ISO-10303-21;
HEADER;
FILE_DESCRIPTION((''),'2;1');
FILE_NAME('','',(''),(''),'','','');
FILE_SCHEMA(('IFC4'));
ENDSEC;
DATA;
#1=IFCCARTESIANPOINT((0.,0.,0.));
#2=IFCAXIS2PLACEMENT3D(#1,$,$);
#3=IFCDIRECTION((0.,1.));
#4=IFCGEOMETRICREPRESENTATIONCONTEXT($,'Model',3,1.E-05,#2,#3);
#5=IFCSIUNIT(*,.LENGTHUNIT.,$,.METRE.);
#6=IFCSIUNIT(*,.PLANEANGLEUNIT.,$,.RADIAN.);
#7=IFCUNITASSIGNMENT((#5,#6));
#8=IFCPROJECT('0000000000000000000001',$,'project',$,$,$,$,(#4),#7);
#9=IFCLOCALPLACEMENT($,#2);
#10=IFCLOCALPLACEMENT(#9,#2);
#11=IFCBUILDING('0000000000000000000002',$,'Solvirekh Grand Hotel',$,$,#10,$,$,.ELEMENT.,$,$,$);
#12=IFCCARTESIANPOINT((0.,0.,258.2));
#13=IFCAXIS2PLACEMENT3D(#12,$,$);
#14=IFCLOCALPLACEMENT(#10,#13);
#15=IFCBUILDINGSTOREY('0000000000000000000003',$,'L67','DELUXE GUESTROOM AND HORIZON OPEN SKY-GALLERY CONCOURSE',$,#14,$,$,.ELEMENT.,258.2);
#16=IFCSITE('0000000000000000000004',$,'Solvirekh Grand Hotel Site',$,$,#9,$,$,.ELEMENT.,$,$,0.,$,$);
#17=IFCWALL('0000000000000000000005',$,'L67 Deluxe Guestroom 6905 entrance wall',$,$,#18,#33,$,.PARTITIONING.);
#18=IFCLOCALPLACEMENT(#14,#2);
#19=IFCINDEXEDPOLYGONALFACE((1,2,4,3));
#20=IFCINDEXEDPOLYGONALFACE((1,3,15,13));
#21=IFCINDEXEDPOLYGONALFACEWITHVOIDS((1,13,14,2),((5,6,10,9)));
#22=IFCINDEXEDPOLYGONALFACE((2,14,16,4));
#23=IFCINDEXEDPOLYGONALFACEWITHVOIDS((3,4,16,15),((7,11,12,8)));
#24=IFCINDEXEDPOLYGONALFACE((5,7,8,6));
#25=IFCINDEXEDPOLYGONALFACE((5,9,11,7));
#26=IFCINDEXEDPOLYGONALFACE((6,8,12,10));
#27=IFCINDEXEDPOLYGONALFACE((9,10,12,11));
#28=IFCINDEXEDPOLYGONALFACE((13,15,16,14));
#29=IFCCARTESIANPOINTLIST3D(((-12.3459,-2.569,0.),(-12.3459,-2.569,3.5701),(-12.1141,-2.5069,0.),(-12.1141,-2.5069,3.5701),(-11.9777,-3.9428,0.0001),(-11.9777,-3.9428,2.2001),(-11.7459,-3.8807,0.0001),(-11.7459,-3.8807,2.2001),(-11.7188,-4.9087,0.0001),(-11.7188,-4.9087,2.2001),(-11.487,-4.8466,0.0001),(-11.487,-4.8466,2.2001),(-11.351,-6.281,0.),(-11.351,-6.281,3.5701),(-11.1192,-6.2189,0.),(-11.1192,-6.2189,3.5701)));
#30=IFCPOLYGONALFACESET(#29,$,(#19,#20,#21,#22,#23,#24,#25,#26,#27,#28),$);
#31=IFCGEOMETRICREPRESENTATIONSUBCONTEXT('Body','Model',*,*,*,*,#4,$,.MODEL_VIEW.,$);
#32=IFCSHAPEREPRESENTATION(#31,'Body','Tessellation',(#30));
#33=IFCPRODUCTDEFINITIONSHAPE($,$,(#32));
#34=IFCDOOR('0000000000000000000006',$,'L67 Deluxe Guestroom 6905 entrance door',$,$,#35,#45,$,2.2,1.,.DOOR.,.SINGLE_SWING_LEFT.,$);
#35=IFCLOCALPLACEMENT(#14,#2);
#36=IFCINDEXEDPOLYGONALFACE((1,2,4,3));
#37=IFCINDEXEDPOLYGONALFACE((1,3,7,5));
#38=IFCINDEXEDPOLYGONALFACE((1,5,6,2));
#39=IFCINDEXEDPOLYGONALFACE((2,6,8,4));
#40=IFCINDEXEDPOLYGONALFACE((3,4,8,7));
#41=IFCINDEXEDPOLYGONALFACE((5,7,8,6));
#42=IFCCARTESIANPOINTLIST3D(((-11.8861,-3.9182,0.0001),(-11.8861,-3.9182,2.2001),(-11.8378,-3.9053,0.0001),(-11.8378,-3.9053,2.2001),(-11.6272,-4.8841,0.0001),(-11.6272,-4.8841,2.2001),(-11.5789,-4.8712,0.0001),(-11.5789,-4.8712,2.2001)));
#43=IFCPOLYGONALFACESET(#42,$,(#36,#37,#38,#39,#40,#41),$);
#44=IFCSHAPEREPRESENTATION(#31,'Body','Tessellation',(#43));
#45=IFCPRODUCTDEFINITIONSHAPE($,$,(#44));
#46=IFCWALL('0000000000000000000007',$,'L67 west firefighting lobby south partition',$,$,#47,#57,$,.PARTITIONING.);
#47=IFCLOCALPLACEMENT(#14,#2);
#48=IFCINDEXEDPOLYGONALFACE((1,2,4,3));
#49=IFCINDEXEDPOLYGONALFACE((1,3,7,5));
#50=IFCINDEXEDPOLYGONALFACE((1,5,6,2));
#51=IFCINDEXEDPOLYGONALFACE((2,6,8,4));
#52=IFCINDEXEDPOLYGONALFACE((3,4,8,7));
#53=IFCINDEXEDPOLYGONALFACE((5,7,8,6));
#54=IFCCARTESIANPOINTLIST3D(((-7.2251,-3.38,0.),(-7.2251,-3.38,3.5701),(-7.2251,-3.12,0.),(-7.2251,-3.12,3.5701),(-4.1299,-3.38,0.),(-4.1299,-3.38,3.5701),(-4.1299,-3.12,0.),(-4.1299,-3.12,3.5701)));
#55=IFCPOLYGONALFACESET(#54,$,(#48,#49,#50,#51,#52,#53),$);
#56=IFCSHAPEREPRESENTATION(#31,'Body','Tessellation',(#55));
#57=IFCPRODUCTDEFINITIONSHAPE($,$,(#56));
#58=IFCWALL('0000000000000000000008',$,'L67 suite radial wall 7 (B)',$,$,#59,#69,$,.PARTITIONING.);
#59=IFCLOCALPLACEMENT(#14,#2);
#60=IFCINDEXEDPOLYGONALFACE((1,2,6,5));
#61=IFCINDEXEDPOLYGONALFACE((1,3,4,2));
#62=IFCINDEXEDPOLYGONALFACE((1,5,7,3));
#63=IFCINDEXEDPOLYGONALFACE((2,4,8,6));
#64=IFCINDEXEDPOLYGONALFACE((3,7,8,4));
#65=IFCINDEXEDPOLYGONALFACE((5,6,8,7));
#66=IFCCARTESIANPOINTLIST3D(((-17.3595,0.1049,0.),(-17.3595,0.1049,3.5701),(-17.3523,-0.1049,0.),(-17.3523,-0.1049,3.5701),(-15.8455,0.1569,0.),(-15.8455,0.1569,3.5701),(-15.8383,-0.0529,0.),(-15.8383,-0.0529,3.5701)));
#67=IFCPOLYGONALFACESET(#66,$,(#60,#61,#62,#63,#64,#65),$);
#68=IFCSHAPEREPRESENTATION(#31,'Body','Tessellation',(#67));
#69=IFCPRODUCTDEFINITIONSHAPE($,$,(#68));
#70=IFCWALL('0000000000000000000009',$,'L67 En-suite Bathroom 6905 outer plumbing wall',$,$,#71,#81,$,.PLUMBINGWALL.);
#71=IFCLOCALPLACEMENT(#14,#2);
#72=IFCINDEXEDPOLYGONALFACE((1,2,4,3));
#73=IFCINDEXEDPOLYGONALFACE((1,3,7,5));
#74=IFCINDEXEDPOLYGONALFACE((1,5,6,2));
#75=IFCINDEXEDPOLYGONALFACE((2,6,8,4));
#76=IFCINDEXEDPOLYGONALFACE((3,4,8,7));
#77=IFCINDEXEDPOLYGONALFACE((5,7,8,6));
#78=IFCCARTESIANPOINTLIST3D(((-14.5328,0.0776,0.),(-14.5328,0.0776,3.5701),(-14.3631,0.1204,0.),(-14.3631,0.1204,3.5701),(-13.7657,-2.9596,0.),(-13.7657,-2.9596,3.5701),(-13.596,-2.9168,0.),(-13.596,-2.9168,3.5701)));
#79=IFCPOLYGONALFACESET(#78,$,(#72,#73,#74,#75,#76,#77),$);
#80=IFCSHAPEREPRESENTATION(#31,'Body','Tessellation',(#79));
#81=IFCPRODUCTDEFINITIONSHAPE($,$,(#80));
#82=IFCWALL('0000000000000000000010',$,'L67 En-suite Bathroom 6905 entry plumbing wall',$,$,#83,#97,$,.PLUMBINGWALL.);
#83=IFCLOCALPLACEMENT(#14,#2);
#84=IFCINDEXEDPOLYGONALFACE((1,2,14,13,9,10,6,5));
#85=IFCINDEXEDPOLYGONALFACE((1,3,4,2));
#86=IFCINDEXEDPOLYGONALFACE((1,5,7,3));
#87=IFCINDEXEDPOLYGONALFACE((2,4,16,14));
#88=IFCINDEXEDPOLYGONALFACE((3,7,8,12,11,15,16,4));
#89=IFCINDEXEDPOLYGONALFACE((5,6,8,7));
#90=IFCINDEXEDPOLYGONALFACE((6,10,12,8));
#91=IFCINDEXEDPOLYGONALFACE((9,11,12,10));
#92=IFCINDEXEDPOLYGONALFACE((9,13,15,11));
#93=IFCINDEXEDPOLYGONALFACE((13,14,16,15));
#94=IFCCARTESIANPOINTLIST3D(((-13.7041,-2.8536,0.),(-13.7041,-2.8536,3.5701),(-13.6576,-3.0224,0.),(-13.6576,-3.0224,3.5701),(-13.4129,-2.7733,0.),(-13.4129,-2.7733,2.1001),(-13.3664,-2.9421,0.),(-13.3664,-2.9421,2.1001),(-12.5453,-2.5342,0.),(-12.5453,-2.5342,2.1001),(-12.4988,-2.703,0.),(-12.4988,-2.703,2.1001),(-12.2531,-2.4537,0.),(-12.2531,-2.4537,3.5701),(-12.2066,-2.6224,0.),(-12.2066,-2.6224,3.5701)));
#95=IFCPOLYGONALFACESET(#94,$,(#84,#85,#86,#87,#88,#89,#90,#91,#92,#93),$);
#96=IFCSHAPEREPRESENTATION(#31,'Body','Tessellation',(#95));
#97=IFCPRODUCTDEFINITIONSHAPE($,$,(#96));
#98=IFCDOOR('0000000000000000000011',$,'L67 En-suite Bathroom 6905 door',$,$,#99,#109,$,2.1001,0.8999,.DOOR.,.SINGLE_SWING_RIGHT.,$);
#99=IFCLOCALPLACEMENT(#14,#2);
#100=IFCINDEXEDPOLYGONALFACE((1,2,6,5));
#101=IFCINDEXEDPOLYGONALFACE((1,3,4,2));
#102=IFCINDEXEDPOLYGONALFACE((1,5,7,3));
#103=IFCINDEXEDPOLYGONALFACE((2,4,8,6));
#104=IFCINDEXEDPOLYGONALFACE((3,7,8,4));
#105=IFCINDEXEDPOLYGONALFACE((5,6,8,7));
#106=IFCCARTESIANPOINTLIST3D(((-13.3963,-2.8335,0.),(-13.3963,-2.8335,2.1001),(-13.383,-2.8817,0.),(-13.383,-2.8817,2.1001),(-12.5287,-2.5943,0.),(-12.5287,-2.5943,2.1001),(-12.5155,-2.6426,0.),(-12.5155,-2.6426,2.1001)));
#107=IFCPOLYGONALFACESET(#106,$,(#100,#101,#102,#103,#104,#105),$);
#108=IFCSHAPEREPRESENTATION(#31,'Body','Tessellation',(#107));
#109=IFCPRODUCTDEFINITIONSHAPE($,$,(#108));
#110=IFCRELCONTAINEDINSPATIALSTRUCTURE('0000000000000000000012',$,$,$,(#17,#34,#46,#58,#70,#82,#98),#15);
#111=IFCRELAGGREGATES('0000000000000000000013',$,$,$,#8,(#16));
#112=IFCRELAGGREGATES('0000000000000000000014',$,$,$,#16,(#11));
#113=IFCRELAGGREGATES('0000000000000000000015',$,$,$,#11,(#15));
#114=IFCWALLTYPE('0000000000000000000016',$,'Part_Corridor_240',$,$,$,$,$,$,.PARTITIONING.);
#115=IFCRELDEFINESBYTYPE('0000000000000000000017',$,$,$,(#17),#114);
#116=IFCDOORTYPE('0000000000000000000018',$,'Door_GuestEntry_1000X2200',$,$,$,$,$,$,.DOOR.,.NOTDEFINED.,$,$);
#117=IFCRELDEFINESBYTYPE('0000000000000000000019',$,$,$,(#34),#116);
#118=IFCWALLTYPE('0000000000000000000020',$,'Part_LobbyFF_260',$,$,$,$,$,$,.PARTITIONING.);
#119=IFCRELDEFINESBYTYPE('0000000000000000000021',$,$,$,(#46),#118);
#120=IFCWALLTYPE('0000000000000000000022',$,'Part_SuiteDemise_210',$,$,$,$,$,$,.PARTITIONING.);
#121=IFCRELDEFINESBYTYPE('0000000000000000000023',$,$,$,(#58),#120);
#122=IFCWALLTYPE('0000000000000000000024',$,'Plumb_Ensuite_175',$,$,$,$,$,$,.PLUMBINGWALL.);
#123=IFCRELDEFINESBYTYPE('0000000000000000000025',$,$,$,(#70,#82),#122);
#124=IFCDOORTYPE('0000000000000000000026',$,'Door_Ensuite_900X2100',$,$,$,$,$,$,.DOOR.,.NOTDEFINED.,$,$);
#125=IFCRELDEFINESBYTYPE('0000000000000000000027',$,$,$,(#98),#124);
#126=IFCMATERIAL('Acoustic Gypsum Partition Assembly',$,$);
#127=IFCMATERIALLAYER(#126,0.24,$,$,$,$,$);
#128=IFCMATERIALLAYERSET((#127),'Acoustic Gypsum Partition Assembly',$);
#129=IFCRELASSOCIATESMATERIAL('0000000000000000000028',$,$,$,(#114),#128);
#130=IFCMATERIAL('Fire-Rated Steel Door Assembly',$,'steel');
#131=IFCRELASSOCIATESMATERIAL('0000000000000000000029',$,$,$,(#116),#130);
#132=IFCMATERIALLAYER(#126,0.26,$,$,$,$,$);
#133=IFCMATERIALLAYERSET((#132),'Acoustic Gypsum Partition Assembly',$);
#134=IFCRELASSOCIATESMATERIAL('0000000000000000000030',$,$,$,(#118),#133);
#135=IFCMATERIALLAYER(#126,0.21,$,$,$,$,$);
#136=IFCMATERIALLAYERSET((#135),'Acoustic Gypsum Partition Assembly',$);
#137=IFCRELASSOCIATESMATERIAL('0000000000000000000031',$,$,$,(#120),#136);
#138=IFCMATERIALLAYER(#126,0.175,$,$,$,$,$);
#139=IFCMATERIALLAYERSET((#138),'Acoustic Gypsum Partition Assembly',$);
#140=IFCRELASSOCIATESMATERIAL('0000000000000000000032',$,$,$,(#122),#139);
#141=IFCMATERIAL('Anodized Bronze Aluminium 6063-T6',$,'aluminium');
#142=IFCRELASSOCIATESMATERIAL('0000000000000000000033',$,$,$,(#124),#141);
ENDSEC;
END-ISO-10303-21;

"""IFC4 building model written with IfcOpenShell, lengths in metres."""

from ifc_helpers import new_model, si_unit, direction, frame, frame_2d, origin, place, context, subcontext, project, spatial, rectangle, extrude, material, layer, layer_set, type_object, element, fill, save


model = new_model("IFC4")

# Units and contexts
model_context = context("Model", 3, precision=1e-05, world=origin(), true_north=direction((0.0, 1.0)))
body_context = subcontext(model_context, "Body", "Model", "MODEL_VIEW")
ifc_project = project(units=[si_unit("LENGTHUNIT", "METRE"), si_unit("PLANEANGLEUNIT", "RADIAN")], contexts=[model_context])

# Site, building, storey
site_placement = place(None, origin())
site = spatial("IfcSite", under=ifc_project, at=site_placement, Name="Solvirekh Grand Hotel Site", CompositionType="ELEMENT", RefElevation=0.0)
building_placement = place(site_placement, origin())
building = spatial("IfcBuilding", under=site, at=building_placement, Name="Solvirekh Grand Hotel", CompositionType="ELEMENT")
storey_placement = place(building_placement, frame((0.0, 0.0, 258.2)))
storey = spatial("IfcBuildingStorey", under=building, at=storey_placement, Name="L67", Description="DELUXE GUESTROOM AND HORIZON OPEN SKY-GALLERY CONCOURSE", CompositionType="ELEMENT", Elevation=258.2)

# Shared definitions
ifc_material_1 = material(Name="Fire-Rated Steel Door Assembly", Category="steel")

# Wall, opening, door
ifc_material_2 = material(Name="Anodized Bronze Aluminium 6063-T6", Category="aluminium")
ifc_material_3 = material(Name="Acoustic Gypsum Partition Assembly")
ifc_layer_1 = layer(ifc_material_3, 0.24)
ifc_layer_set_1 = layer_set([ifc_layer_1], Name="Acoustic Gypsum Partition Assembly")
wall_type_1 = type_object("IfcWallType", Name="Part_Corridor_240", PredefinedType="PARTITIONING", material=ifc_layer_set_1)
wall_1_placement = place(storey_placement, frame((-12.23, -2.5381, 0.0), z_axis=(0.0, 0.0, 1.0), x_axis=(0.258884, -0.965908, 0.0)))
wall_1 = element("IfcWall", 1, at=wall_1_placement, inside=storey, type_object=wall_type_1, Name="L67 Deluxe Guestroom 6905 entrance wall", PredefinedType="PARTITIONING", context=body_context, shape_type="SweptSolid", body=[
    extrude(rectangle(XDim=3.843, YDim=0.24, at=frame_2d((1.9214, 0.0))), origin(), (0.0, 0.0, 1.0), 3.5701),
])
opening_1_placement = place(wall_1_placement, frame((1.4221, 0.0, 0.0)))
opening_1 = element("IfcOpeningElement", 2, at=opening_1_placement, cuts=wall_1, PredefinedType="OPENING", context=body_context, shape_type="SweptSolid", body=[
    extrude(rectangle(XDim=1.0, YDim=2.2, at=frame_2d((0.5, 1.1001))), frame((0.0, 0.1299, 0.0), z_axis=(0.0, -1.0, 0.0), x_axis=(1.0, 0.0, 0.0)), (0.0, 0.0, 1.0), 0.26),
])
door_type_1 = type_object("IfcDoorType", Name="Door_GuestEntry_1000X2200", OperationType="NOTDEFINED", PredefinedType="DOOR", material=ifc_material_1)
door_1_placement = place(opening_1_placement, origin())
door_1 = element("IfcDoor", 3, at=door_1_placement, inside=storey, type_object=door_type_1, Name="L67 Deluxe Guestroom 6905 entrance door", OperationType="SINGLE_SWING_LEFT", OverallHeight=2.2, OverallWidth=1.0, PredefinedType="DOOR", context=body_context, shape_type="SweptSolid", body=[
    extrude(rectangle(XDim=1.0, YDim=2.2, at=frame_2d((0.5, 1.1001))), frame((0.0, 0.0249, 0.0), z_axis=(0.0, -1.0, 0.0), x_axis=(1.0, 0.0, 0.0)), (0.0, 0.0, 1.0), 0.05),
])
fill(opening_1, door_1)

# Walls
ifc_layer_2 = layer(ifc_material_3, 0.26)
ifc_layer_set_2 = layer_set([ifc_layer_2], Name="Acoustic Gypsum Partition Assembly")
wall_type_2 = type_object("IfcWallType", Name="Part_LobbyFF_260", PredefinedType="PARTITIONING", material=ifc_layer_set_2)
wall_2_placement = place(storey_placement, frame((-7.2251, -3.25, 0.0), z_axis=(0.0, 0.0, 1.0), x_axis=(1.0, 0.0, 0.0)))
element("IfcWall", 4, at=wall_2_placement, inside=storey, type_object=wall_type_2, Name="L67 west firefighting lobby south partition", PredefinedType="PARTITIONING", context=body_context, shape_type="SweptSolid", body=[
    extrude(rectangle(XDim=3.0952, YDim=0.26, at=frame_2d((1.5476, 0.0))), origin(), (0.0, 0.0, 1.0), 3.5701),
])
ifc_layer_3 = layer(ifc_material_3, 0.21)
ifc_layer_set_3 = layer_set([ifc_layer_3], Name="Acoustic Gypsum Partition Assembly")
wall_type_3 = type_object("IfcWallType", Name="Part_SuiteDemise_210", PredefinedType="PARTITIONING", material=ifc_layer_set_3)
wall_3_placement = place(storey_placement, frame((-15.842, 0.052, 0.0), z_axis=(0.0, 0.0, 1.0), x_axis=(-0.999411, -0.034329, 0.0)))
element("IfcWall", 5, at=wall_3_placement, inside=storey, type_object=wall_type_3, Name="L67 suite radial wall 7 (B)", PredefinedType="PARTITIONING", context=body_context, shape_type="SweptSolid", body=[
    extrude(rectangle(XDim=1.5149, YDim=0.21, at=frame_2d((0.7573, 0.0))), origin(), (0.0, 0.0, 1.0), 3.5701),
])
ifc_layer_4 = layer(ifc_material_3, 0.175)
ifc_layer_set_4 = layer_set([ifc_layer_4], Name="Acoustic Gypsum Partition Assembly")
wall_type_4 = type_object("IfcWallType", Name="Plumb_Ensuite_175", PredefinedType="PLUMBINGWALL", material=ifc_layer_set_4)
wall_4_placement = place(storey_placement, frame((-14.448, 0.0991, 0.0), z_axis=(0.0, 0.0, 1.0), x_axis=(0.244882, -0.969553, 0.0)))
element("IfcWall", 6, at=wall_4_placement, inside=storey, type_object=wall_type_4, Name="L67 En-suite Bathroom 6905 outer plumbing wall", PredefinedType="PLUMBINGWALL", context=body_context, shape_type="SweptSolid", body=[
    extrude(rectangle(XDim=3.1326, YDim=0.175, at=frame_2d((1.5664, 0.0))), origin(), (0.0, 0.0, 1.0), 3.5701),
])

# Wall, opening, door
wall_5_placement = place(storey_placement, frame((-12.23, -2.5381, 0.0), z_axis=(0.0, 0.0, 1.0), x_axis=(-0.964053, -0.265711, 0.0)))
wall_5 = element("IfcWall", 7, at=wall_5_placement, inside=storey, type_object=wall_type_4, Name="L67 En-suite Bathroom 6905 entry plumbing wall", PredefinedType="PLUMBINGWALL", context=body_context, shape_type="SweptSolid", body=[
    extrude(rectangle(XDim=1.5051, YDim=0.175, at=frame_2d((0.7524, 0.0))), origin(), (0.0, 0.0, 1.0), 3.5701),
])
opening_2_placement = place(wall_5_placement, frame((0.303, 0.0, 0.0)))
opening_2 = element("IfcOpeningElement", 8, at=opening_2_placement, cuts=wall_5, PredefinedType="OPENING", context=body_context, shape_type="SweptSolid", body=[
    extrude(rectangle(XDim=0.8999, YDim=2.1001, at=frame_2d((0.45, 1.05))), frame((0.0, 0.0977, 0.0), z_axis=(0.0, -1.0, 0.0), x_axis=(1.0, 0.0, 0.0)), (0.0, 0.0, 1.0), 0.1951),
])
door_type_2 = type_object("IfcDoorType", Name="Door_Ensuite_900X2100", OperationType="NOTDEFINED", PredefinedType="DOOR", material=ifc_material_2)
door_2_placement = place(opening_2_placement, origin())
door_2 = element("IfcDoor", 9, at=door_2_placement, inside=storey, type_object=door_type_2, Name="L67 En-suite Bathroom 6905 door", OperationType="SINGLE_SWING_RIGHT", OverallHeight=2.1001, OverallWidth=0.8999, PredefinedType="DOOR", context=body_context, shape_type="SweptSolid", body=[
    extrude(rectangle(XDim=0.8999, YDim=2.1001, at=frame_2d((0.45, 1.05))), frame((0.0, 0.0249, 0.0), z_axis=(0.0, -1.0, 0.0), x_axis=(1.0, 0.0, 0.0)), (0.0, 0.0, 1.0), 0.05),
])
fill(opening_2, door_2)

save(model, "model.ifc")
